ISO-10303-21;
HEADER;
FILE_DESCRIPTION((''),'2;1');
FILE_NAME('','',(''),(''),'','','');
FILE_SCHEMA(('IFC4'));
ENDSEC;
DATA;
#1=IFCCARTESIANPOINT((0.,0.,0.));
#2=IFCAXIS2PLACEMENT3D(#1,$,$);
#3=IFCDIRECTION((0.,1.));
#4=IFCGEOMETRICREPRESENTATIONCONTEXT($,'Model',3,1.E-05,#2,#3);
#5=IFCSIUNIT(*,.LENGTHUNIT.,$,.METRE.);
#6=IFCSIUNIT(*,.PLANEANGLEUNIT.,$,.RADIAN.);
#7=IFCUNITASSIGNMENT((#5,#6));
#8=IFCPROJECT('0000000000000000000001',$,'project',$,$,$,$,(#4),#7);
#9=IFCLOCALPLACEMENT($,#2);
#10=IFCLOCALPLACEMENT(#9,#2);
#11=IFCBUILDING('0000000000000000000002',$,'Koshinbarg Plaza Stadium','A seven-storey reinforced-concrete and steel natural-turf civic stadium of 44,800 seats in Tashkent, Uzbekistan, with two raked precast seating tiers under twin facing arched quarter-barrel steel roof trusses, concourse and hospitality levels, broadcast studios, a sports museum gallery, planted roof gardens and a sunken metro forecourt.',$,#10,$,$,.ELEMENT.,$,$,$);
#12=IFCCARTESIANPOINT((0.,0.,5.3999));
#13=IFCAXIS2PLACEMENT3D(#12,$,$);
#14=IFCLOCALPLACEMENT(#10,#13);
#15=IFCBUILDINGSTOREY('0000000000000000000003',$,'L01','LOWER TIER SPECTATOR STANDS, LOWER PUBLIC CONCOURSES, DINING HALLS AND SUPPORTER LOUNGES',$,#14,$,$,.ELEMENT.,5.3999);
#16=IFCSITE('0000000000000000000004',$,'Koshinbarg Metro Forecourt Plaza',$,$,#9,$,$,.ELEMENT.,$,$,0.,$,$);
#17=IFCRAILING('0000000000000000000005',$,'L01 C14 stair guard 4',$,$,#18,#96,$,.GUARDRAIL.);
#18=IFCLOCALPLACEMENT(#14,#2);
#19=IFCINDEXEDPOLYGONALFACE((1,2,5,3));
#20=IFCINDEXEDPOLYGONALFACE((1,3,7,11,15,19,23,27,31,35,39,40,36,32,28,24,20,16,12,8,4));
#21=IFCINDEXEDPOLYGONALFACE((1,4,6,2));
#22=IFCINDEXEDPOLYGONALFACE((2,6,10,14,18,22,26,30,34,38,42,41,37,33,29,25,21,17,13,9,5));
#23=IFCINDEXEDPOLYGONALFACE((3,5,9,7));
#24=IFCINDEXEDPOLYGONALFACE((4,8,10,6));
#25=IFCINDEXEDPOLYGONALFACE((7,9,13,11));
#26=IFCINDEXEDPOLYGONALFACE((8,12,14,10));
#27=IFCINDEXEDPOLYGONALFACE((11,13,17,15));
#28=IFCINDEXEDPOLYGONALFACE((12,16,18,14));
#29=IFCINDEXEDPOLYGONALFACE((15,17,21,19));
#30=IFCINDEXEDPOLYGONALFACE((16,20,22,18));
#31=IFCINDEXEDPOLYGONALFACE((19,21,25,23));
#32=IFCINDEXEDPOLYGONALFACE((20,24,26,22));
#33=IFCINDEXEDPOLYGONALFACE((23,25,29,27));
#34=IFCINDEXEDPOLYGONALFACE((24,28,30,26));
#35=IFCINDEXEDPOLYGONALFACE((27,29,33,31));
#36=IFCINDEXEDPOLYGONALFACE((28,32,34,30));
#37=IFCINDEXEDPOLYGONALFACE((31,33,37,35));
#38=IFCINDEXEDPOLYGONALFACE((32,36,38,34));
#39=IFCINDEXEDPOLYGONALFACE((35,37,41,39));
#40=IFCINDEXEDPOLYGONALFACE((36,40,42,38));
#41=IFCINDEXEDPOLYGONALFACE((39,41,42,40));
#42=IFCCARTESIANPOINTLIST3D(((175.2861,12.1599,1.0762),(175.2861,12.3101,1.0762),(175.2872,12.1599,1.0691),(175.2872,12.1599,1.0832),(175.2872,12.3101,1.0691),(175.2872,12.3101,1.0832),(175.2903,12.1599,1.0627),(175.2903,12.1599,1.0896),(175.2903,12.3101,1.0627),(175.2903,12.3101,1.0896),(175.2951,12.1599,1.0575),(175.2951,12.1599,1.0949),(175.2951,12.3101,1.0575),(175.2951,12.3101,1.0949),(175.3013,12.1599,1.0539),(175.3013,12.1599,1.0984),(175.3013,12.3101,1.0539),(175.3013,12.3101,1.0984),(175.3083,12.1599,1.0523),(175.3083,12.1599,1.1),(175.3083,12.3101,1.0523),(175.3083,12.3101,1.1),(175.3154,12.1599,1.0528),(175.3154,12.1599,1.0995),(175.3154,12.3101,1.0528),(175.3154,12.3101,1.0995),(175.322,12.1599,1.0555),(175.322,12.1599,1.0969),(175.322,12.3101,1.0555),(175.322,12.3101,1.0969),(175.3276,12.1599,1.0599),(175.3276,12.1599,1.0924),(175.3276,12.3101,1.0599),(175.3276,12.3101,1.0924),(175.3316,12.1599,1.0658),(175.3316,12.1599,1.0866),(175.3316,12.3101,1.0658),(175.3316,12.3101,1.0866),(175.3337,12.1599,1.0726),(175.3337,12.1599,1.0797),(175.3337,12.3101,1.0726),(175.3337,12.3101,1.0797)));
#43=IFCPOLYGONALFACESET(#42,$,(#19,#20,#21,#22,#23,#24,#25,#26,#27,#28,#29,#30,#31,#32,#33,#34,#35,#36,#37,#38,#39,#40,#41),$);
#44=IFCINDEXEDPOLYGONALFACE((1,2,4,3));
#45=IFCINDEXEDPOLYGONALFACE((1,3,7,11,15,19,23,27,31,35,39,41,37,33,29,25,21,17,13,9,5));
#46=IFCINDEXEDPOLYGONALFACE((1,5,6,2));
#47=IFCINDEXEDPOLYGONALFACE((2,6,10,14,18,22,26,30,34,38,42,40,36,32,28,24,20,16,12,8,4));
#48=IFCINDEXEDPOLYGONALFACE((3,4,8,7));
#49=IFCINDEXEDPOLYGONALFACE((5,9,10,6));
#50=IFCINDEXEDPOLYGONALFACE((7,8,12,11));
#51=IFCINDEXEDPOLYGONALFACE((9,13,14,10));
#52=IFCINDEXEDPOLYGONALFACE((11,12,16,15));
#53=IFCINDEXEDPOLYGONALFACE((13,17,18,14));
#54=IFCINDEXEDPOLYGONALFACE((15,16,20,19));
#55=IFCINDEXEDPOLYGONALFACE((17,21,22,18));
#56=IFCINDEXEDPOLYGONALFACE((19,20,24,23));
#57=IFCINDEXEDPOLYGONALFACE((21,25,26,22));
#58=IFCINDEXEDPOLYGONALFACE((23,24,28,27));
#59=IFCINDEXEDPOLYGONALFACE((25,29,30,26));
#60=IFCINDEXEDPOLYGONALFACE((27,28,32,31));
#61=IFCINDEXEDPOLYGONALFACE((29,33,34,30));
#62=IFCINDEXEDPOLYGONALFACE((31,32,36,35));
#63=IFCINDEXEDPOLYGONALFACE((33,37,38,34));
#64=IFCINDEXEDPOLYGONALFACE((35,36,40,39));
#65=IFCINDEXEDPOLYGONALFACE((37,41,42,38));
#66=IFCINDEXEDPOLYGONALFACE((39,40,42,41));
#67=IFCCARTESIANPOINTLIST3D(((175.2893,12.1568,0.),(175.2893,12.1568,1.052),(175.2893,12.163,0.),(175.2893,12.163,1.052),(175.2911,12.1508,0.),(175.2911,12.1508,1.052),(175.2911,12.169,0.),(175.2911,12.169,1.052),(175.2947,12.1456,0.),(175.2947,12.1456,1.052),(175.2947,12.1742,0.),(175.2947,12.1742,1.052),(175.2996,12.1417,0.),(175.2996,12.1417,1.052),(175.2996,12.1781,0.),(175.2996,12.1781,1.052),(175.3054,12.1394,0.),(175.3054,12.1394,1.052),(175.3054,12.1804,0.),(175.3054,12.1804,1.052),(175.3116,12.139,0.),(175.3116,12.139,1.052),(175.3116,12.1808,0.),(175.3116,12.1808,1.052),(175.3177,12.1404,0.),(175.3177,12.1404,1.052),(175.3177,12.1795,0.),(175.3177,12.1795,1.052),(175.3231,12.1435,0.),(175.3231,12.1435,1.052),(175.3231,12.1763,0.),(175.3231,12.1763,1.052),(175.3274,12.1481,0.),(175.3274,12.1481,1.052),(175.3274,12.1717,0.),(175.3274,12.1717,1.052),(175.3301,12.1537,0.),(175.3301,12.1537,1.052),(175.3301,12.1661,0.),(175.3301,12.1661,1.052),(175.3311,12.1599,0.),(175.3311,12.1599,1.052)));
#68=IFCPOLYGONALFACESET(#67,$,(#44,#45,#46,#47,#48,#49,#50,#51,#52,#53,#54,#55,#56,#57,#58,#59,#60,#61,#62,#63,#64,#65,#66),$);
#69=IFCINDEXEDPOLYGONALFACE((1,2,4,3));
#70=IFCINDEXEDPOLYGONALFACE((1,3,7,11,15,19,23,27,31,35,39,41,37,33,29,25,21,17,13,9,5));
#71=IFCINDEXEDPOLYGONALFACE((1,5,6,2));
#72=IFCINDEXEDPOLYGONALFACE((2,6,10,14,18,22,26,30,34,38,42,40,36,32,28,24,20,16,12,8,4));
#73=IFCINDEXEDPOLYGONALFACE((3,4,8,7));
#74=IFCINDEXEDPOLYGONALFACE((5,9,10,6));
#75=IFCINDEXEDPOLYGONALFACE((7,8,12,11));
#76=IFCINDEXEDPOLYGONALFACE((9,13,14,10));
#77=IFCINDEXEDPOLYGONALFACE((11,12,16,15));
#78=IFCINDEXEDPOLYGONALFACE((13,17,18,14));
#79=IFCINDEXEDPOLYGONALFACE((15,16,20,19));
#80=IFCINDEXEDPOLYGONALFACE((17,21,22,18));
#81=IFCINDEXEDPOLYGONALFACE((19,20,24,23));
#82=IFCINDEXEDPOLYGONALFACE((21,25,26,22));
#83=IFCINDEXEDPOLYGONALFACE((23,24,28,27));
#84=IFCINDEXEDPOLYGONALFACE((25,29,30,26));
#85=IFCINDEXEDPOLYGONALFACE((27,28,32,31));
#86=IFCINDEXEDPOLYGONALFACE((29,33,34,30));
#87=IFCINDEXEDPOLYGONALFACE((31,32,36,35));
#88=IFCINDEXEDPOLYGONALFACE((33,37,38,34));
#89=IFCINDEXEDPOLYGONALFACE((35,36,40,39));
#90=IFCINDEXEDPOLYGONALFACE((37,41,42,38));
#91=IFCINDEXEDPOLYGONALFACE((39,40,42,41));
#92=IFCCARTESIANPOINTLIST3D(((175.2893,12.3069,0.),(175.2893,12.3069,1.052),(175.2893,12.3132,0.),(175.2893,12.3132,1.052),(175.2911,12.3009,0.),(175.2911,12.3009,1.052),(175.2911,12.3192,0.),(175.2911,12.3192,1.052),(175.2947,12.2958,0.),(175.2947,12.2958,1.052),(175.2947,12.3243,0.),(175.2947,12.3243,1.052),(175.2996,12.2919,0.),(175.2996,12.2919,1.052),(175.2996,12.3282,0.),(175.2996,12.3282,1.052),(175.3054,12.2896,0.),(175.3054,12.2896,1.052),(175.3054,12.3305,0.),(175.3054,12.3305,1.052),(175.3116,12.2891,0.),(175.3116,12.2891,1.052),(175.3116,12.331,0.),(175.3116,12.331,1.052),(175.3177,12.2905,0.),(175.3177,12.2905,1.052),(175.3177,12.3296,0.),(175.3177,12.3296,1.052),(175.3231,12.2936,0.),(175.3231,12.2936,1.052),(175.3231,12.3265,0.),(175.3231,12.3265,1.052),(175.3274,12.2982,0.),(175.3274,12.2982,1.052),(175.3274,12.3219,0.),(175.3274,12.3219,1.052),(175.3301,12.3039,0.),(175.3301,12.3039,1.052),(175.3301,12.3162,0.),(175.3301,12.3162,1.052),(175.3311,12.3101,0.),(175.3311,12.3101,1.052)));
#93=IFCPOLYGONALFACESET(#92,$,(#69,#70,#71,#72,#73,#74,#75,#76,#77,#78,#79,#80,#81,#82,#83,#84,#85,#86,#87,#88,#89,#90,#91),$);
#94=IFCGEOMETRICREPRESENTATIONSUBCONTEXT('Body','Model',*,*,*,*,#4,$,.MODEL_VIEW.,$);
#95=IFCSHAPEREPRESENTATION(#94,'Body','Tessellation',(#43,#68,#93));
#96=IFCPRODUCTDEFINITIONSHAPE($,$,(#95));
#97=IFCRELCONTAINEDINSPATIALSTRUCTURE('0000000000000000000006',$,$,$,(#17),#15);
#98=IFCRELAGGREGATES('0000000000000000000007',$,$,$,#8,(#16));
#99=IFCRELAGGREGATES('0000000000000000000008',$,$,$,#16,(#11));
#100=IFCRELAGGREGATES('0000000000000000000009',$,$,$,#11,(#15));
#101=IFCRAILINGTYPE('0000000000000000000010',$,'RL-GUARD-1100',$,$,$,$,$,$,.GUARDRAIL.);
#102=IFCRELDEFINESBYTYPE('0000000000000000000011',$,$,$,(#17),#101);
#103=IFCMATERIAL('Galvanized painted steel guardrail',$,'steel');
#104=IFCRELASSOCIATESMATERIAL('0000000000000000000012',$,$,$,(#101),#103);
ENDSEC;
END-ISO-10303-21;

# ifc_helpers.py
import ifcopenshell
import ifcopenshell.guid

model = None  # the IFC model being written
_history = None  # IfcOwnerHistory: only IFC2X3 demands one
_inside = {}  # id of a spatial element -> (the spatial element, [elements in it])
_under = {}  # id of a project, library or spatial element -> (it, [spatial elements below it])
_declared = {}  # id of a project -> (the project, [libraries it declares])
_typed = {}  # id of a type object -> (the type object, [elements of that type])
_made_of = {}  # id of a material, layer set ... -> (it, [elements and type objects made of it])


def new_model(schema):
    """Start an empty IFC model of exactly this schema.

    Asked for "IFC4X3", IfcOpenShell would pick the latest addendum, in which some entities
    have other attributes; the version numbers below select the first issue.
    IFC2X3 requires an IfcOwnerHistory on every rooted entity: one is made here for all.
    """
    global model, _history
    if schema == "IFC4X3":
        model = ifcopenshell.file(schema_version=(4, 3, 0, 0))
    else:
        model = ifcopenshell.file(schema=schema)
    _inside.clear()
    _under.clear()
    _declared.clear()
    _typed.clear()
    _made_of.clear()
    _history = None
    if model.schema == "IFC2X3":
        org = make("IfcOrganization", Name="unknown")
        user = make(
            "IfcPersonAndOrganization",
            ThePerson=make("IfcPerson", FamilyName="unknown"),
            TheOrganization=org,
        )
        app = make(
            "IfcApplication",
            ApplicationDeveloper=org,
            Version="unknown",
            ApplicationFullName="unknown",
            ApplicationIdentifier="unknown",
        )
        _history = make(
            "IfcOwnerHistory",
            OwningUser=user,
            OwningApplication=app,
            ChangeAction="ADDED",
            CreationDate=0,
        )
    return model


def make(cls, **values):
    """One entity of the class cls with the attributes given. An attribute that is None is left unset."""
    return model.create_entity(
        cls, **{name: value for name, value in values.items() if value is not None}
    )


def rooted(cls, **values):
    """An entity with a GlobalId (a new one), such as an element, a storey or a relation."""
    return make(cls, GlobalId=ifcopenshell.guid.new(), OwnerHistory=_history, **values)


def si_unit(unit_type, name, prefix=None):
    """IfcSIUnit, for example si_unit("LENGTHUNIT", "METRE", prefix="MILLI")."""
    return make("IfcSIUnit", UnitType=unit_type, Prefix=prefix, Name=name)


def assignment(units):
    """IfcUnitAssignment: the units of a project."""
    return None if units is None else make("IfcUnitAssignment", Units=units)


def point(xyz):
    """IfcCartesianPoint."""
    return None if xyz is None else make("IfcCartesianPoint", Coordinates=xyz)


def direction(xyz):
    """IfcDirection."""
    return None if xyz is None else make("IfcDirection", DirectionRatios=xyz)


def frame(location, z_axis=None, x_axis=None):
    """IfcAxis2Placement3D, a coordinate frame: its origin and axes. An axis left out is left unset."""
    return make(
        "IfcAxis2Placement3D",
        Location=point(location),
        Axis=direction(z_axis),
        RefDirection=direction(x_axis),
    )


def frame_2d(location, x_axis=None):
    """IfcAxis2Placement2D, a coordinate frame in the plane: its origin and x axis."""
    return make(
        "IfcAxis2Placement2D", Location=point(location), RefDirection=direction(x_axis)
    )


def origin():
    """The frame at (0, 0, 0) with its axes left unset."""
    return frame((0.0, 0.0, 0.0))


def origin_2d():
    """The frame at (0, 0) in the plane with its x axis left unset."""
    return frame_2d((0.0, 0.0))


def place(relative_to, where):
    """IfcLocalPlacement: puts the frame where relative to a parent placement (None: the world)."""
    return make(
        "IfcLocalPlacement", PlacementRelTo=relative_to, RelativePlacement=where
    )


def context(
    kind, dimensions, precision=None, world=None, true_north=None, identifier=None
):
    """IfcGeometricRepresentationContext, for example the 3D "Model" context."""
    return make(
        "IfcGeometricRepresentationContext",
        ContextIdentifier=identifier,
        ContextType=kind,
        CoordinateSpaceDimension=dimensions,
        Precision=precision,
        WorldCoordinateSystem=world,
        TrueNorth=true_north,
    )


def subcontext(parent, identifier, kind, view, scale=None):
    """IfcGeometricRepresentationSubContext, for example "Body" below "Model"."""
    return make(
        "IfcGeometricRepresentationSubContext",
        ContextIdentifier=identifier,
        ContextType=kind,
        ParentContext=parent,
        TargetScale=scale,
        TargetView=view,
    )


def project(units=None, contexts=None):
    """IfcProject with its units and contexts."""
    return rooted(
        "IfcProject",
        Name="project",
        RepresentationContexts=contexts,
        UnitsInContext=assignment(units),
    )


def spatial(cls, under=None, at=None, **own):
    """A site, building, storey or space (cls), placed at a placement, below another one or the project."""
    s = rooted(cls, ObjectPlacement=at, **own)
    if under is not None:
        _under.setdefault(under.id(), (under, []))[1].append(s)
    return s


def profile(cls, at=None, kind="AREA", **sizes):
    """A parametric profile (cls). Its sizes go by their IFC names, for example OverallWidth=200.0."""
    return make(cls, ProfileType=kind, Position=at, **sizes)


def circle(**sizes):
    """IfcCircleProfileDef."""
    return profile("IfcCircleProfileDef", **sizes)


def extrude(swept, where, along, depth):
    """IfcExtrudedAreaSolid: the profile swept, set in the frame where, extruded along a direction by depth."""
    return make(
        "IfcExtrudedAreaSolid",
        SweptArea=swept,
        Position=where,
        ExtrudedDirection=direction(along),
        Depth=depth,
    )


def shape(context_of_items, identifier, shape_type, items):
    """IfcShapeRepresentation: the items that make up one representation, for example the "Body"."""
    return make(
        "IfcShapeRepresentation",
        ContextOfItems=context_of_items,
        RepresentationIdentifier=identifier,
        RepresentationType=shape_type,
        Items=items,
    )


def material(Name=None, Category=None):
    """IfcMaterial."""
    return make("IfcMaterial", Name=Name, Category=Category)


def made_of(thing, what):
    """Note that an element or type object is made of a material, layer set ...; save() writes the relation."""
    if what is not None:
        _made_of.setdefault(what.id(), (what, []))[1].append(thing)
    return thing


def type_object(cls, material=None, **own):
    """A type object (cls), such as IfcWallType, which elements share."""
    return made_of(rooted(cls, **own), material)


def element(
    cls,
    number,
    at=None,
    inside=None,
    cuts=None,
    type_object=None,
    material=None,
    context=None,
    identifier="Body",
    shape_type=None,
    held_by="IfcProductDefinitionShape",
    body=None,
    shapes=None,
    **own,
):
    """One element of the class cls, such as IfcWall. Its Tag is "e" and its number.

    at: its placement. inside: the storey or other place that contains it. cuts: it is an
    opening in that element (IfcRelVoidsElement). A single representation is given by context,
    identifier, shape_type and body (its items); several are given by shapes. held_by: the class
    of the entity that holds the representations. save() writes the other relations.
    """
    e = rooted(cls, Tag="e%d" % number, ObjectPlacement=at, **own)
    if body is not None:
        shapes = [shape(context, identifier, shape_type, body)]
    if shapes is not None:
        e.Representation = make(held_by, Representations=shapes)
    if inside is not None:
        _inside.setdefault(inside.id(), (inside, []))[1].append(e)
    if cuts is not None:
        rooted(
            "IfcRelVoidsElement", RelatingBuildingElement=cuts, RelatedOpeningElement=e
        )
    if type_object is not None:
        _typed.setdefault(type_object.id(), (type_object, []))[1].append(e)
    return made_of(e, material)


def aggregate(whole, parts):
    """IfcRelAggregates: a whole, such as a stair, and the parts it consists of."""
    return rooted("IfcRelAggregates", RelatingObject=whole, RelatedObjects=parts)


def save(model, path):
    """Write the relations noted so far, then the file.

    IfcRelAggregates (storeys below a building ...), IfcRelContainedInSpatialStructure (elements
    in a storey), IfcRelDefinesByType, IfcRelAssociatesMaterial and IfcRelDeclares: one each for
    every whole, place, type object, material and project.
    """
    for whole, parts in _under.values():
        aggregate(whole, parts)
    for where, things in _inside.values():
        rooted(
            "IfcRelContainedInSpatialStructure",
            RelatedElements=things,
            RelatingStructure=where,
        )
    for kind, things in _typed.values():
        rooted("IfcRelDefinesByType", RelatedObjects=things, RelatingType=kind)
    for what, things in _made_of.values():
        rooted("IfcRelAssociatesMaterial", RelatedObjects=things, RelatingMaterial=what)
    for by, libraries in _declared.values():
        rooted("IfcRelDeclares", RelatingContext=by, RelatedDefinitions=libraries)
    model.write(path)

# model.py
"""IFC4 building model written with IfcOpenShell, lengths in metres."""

from ifc_helpers import new_model, si_unit, direction, frame, origin, origin_2d, place, context, subcontext, project, spatial, circle, extrude, material, type_object, element, save


model = new_model("IFC4")

# Units and contexts
model_context = context("Model", 3, precision=1e-05, world=origin(), true_north=direction((0.0, 1.0)))
body_context = subcontext(model_context, "Body", "Model", "MODEL_VIEW")
ifc_project = project(units=[si_unit("LENGTHUNIT", "METRE"), si_unit("PLANEANGLEUNIT", "RADIAN")], contexts=[model_context])

# Site, building, storey
site_placement = place(None, origin())
site = spatial("IfcSite", under=ifc_project, at=site_placement, Name="Koshinbarg Metro Forecourt Plaza", CompositionType="ELEMENT", RefElevation=0.0)
building_placement = place(site_placement, origin())
building = spatial("IfcBuilding", under=site, at=building_placement, Name="Koshinbarg Plaza Stadium", Description="A seven-storey reinforced-concrete and steel natural-turf civic stadium of 44,800 seats in Tashkent, Uzbekistan, with two raked precast seating tiers under twin facing arched quarter-barrel steel roof trusses, concourse and hospitality levels, broadcast studios, a sports museum gallery, planted roof gardens and a sunken metro forecourt.", CompositionType="ELEMENT")
storey_placement = place(building_placement, frame((0.0, 0.0, 5.3999)))
storey = spatial("IfcBuildingStorey", under=building, at=storey_placement, Name="L01", Description="LOWER TIER SPECTATOR STANDS, LOWER PUBLIC CONCOURSES, DINING HALLS AND SUPPORTER LOUNGES", CompositionType="ELEMENT", Elevation=5.3999)

# Railing
ifc_material_1 = material(Name="Galvanized painted steel guardrail", Category="steel")
railing_type_1 = type_object("IfcRailingType", Name="RL-GUARD-1100", PredefinedType="GUARDRAIL", material=ifc_material_1)
railing_1_placement = place(storey_placement, frame((175.3101, 12.1599, 0.0)))
element("IfcRailing", 1, at=railing_1_placement, inside=storey, type_object=railing_type_1, Name="L01 C14 stair guard 4", PredefinedType="GUARDRAIL", context=body_context, shape_type="SweptSolid", body=[
    extrude(circle(Radius=0.0239, at=origin_2d()), frame((0.0, 0.0, 1.0762), z_axis=(0.0, 1.0, 0.0), x_axis=(-1.0, 0.0, 0.0)), (0.0, 0.0, 1.0), 0.1501),
    extrude(circle(Radius=0.021, at=origin_2d()), origin(), (0.0, 0.0, 1.0), 1.052),
    extrude(circle(Radius=0.021, at=origin_2d()), frame((0.0, 0.1501, 0.0)), (0.0, 0.0, 1.0), 1.052),
])

save(model, "model.ifc")
